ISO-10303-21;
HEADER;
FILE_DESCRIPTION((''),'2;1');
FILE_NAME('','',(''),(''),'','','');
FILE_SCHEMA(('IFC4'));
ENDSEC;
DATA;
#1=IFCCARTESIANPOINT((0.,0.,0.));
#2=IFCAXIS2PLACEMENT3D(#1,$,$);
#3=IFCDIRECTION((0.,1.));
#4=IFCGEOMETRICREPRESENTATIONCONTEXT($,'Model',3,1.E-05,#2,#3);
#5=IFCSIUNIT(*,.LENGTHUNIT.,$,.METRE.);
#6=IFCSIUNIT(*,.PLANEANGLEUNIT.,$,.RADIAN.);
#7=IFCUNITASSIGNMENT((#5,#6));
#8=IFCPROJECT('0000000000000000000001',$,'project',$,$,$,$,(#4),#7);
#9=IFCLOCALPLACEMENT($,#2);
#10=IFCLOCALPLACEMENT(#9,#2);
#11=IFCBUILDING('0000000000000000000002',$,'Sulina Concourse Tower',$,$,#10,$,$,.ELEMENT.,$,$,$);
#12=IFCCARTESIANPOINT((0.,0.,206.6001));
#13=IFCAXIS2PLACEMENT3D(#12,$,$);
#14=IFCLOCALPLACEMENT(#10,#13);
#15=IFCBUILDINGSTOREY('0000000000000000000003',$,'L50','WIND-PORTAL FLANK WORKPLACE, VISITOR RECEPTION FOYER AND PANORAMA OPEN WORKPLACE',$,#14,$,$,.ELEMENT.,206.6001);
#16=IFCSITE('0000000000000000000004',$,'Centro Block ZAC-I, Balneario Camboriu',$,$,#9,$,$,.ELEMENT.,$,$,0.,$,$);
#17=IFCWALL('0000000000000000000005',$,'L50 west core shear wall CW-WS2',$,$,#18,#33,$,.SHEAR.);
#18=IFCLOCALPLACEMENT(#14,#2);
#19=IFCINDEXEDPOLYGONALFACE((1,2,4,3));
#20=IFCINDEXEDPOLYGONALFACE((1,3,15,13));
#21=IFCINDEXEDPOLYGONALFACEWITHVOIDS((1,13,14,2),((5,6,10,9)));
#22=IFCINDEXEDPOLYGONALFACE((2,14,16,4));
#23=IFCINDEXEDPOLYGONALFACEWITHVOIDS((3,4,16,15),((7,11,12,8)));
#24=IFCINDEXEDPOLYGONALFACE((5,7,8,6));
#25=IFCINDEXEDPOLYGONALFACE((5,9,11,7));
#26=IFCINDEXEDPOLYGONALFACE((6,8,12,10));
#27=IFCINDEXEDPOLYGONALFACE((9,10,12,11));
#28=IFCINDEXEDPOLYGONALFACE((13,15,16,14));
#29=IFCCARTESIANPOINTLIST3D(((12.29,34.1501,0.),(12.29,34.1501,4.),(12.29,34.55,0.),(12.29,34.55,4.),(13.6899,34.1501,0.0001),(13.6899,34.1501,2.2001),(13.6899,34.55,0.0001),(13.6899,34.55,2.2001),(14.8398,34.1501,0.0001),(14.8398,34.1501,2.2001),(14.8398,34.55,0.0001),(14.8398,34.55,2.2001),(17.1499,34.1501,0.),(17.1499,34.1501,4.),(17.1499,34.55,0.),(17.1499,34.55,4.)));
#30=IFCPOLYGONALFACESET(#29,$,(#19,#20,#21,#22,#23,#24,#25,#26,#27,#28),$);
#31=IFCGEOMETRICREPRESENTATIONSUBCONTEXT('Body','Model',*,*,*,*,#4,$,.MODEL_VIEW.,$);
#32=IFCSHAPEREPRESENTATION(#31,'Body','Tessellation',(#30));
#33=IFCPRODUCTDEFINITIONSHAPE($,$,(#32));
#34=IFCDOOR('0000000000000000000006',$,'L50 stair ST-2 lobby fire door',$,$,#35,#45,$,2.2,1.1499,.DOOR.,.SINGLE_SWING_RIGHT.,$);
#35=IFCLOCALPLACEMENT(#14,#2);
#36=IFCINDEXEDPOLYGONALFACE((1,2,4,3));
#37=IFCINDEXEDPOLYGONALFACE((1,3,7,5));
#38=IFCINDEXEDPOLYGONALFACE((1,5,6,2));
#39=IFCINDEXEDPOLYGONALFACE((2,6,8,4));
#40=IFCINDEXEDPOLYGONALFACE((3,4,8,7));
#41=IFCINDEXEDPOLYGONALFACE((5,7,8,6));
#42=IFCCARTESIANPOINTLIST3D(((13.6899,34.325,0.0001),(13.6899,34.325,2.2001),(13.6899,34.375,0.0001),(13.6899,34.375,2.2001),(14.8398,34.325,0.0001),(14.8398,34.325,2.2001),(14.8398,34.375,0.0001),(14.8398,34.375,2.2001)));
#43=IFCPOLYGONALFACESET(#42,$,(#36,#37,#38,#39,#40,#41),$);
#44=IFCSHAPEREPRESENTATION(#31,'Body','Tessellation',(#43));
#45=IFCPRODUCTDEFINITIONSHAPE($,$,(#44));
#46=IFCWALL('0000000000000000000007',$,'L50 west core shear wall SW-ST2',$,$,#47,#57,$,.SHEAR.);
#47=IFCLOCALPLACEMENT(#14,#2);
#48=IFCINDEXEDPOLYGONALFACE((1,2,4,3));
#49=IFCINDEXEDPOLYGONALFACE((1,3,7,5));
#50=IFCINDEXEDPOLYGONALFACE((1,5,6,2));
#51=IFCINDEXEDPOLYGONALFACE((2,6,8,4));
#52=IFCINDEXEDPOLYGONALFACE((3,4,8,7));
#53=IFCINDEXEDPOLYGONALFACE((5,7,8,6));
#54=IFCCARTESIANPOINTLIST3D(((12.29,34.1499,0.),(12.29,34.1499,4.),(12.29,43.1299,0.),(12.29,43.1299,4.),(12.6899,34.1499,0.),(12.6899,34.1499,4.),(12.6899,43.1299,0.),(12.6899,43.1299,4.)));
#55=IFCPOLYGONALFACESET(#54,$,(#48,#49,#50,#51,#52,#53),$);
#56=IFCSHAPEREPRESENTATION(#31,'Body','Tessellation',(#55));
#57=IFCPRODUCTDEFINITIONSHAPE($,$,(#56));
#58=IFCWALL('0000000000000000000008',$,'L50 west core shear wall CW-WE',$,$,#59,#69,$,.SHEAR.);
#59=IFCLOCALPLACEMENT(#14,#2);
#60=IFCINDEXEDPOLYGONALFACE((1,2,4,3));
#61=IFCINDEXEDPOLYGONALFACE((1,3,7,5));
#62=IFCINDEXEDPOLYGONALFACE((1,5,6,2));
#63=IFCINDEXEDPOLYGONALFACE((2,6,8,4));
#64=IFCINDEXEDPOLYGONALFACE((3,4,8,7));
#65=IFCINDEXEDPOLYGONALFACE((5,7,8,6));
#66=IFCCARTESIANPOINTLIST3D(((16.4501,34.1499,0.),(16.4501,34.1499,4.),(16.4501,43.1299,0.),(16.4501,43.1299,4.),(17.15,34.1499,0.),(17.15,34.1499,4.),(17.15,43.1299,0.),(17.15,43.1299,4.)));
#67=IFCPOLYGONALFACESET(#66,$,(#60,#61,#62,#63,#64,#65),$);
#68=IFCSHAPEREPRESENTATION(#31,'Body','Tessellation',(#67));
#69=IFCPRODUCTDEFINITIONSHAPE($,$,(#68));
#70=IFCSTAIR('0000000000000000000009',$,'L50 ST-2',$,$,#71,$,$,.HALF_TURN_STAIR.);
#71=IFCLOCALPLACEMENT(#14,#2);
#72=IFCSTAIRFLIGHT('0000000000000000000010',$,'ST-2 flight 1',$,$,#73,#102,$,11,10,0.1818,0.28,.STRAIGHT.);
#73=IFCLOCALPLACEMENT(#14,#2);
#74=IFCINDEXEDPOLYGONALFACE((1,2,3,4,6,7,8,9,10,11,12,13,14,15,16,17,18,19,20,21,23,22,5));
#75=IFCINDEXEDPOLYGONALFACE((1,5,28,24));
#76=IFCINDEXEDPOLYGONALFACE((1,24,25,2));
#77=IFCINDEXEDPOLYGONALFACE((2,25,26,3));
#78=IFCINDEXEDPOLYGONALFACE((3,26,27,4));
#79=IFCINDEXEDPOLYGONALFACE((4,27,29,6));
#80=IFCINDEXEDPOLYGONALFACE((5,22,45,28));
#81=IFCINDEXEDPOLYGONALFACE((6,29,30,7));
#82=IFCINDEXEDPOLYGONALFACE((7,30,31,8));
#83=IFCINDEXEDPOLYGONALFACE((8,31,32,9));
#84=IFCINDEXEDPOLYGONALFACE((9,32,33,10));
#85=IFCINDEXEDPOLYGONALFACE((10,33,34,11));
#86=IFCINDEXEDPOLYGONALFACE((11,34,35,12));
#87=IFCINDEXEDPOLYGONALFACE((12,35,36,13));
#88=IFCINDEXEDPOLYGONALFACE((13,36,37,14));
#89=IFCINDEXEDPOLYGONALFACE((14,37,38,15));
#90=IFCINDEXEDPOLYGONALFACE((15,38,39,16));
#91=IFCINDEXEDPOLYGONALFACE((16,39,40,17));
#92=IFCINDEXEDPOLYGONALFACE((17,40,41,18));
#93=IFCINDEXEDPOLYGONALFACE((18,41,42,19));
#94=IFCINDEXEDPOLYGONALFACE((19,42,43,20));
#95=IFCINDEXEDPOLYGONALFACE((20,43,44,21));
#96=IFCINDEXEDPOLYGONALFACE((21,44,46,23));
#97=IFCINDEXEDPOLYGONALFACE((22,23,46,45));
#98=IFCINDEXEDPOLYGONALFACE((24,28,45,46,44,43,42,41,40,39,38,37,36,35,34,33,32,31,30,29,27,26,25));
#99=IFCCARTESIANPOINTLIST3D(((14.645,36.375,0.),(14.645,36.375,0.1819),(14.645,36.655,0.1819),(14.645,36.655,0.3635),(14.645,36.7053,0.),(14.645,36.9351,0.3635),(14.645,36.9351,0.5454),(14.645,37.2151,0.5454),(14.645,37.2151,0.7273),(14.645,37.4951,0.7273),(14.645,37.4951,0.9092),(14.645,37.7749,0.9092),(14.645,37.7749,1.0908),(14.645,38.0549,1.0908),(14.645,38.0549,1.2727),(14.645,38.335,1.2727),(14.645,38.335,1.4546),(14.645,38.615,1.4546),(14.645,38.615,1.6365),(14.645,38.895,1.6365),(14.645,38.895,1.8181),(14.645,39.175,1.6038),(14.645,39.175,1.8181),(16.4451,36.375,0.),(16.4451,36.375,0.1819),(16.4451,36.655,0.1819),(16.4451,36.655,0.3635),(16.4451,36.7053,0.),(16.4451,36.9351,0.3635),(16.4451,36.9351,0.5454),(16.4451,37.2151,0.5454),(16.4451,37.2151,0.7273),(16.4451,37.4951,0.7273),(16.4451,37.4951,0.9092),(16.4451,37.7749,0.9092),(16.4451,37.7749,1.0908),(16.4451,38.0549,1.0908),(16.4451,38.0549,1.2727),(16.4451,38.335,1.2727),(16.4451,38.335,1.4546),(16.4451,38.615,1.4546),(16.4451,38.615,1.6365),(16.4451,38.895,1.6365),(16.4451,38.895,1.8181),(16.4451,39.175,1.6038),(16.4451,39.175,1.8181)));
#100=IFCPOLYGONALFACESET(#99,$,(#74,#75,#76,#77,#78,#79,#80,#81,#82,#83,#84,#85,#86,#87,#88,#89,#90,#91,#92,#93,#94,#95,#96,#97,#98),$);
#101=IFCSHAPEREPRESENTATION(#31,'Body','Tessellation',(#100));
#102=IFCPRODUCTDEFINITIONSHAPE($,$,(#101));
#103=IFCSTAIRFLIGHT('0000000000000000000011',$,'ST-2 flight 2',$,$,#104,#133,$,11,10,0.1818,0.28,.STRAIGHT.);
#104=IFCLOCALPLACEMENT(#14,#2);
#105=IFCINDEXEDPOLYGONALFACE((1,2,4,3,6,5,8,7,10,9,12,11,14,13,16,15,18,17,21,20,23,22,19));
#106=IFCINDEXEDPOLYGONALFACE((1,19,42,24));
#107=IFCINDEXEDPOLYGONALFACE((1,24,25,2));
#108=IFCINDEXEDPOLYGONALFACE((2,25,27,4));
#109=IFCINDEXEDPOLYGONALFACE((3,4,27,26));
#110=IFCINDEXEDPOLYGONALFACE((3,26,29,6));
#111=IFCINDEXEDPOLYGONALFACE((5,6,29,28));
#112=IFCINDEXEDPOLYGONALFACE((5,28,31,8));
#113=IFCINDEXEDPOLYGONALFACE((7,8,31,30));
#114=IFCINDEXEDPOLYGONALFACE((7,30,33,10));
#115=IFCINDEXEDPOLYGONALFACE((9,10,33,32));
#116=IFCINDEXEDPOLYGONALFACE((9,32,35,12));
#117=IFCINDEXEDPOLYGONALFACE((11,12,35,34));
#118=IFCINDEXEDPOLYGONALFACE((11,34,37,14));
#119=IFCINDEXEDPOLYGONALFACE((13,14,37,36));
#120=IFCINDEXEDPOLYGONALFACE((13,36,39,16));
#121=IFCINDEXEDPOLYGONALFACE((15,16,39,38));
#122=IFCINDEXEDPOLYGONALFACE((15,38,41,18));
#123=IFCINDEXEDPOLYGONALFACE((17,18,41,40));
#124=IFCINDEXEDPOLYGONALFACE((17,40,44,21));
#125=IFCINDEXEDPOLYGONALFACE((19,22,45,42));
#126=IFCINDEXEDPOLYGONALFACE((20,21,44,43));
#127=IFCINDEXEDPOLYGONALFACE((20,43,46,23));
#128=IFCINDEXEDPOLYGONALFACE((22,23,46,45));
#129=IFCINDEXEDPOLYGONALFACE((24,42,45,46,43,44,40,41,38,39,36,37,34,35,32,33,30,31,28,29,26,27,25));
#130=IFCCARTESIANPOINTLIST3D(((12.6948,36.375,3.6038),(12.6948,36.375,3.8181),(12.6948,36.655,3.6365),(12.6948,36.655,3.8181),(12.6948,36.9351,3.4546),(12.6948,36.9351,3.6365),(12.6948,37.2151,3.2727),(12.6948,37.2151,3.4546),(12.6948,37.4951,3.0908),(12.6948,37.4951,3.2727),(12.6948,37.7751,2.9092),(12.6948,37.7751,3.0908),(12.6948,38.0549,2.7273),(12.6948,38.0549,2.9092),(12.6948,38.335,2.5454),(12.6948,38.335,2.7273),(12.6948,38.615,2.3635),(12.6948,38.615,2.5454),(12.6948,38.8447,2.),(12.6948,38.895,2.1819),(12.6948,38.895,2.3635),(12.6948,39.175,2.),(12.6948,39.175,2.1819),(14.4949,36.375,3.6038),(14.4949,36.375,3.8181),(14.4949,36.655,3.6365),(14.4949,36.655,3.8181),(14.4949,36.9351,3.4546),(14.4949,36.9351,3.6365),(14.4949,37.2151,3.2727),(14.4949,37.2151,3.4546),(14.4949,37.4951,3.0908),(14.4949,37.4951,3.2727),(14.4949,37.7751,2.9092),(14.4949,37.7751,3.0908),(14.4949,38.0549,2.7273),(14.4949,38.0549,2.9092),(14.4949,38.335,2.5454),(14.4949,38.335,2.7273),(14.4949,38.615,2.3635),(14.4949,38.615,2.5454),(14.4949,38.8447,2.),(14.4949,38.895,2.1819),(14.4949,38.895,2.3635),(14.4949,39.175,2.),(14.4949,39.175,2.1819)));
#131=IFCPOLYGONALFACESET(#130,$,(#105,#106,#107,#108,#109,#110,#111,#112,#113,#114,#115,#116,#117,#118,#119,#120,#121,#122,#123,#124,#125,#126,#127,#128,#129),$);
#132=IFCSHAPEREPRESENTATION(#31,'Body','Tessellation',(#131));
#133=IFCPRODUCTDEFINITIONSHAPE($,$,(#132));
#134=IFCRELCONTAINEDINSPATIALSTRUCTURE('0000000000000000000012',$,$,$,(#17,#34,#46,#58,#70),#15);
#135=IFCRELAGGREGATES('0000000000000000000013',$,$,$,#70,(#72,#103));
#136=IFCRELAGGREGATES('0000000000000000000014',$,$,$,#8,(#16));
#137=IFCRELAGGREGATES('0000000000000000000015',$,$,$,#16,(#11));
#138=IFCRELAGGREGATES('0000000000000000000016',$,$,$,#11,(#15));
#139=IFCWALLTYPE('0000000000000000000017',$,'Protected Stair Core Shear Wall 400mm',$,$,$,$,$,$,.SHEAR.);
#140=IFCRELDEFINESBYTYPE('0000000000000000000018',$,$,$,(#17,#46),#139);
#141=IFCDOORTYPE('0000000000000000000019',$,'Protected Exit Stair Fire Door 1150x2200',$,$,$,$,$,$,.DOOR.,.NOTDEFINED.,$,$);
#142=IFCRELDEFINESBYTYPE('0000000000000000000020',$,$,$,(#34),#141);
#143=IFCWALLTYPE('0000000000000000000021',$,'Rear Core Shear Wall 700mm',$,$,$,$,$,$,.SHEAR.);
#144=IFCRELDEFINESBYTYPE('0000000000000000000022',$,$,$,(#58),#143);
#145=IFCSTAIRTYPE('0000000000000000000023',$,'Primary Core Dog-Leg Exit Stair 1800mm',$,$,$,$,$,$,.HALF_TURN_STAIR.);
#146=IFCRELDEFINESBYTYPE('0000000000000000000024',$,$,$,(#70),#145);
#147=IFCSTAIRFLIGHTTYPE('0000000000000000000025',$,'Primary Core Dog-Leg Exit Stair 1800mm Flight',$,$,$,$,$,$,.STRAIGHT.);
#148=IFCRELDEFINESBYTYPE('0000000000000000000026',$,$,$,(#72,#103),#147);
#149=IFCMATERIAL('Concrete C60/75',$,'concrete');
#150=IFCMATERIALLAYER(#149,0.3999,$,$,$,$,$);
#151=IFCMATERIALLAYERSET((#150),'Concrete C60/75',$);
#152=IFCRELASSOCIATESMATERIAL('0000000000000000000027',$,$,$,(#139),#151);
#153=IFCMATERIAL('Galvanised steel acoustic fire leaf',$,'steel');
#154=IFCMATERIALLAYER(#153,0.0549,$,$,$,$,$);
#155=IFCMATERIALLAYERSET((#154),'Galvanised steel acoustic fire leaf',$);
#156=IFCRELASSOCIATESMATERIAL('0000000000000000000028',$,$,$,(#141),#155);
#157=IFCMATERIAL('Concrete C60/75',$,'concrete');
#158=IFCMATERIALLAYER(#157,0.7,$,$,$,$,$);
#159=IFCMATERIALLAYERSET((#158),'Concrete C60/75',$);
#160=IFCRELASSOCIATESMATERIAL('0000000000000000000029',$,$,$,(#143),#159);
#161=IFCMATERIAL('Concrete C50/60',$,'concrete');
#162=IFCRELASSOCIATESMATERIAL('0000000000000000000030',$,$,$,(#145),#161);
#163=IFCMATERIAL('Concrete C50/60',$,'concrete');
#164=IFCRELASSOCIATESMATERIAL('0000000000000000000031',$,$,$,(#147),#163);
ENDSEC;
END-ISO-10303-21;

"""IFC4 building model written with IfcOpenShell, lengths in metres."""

from ifc_helpers import new_model, si_unit, direction, frame, frame_2d, origin, place, context, subcontext, project, spatial, polyline, rectangle, outline, extrude, material, layer, layer_set, type_object, element, fill, aggregate, save


model = new_model("IFC4")

# Units and contexts
model_context = context("Model", 3, precision=1e-05, world=origin(), true_north=direction((0.0, 1.0)))
body_context = subcontext(model_context, "Body", "Model", "MODEL_VIEW")
ifc_project = project(units=[si_unit("LENGTHUNIT", "METRE"), si_unit("PLANEANGLEUNIT", "RADIAN")], contexts=[model_context])

# Site, building, storey
site_placement = place(None, origin())
site = spatial("IfcSite", under=ifc_project, at=site_placement, Name="Centro Block ZAC-I, Balneario Camboriu", CompositionType="ELEMENT", RefElevation=0.0)
building_placement = place(site_placement, origin())
building = spatial("IfcBuilding", under=site, at=building_placement, Name="Sulina Concourse Tower", CompositionType="ELEMENT")
storey_placement = place(building_placement, frame((0.0, 0.0, 206.6001)))
storey = spatial("IfcBuildingStorey", under=building, at=storey_placement, Name="L50", Description="WIND-PORTAL FLANK WORKPLACE, VISITOR RECEPTION FOYER AND PANORAMA OPEN WORKPLACE", CompositionType="ELEMENT", Elevation=206.6001)

# Wall, opening, door
ifc_material_1 = material(Name="Concrete C60/75", Category="concrete")
ifc_layer_1 = layer(ifc_material_1, 0.3999)
ifc_layer_set_1 = layer_set([ifc_layer_1], Name="Concrete C60/75")
wall_type_1 = type_object("IfcWallType", Name="Protected Stair Core Shear Wall 400mm", PredefinedType="SHEAR", material=ifc_layer_set_1)
wall_1_placement = place(storey_placement, frame((12.29, 34.3501, 0.0), z_axis=(0.0, 0.0, 1.0), x_axis=(1.0, 0.0, 0.0)))
wall_1 = element("IfcWall", 1, at=wall_1_placement, inside=storey, type_object=wall_type_1, Name="L50 west core shear wall CW-WS2", PredefinedType="SHEAR", context=body_context, shape_type="SweptSolid", body=[
    extrude(rectangle(XDim=4.8599, YDim=0.3999, at=frame_2d((2.4299, 0.0))), origin(), (0.0, 0.0, 1.0), 4.0),
])
opening_1_placement = place(wall_1_placement, frame((1.3999, 0.0, 0.0)))
opening_1 = element("IfcOpeningElement", 2, at=opening_1_placement, cuts=wall_1, PredefinedType="OPENING", context=body_context, shape_type="SweptSolid", body=[
    extrude(rectangle(XDim=1.1499, YDim=2.2, at=frame_2d((0.575, 1.1001))), frame((0.0, 0.21, 0.0), z_axis=(0.0, -1.0, 0.0), x_axis=(1.0, 0.0, 0.0)), (0.0, 0.0, 1.0), 0.4199),
])
ifc_material_2 = material(Name="Galvanised steel acoustic fire leaf", Category="steel")
ifc_layer_2 = layer(ifc_material_2, 0.0549)
ifc_layer_set_2 = layer_set([ifc_layer_2], Name="Galvanised steel acoustic fire leaf")
door_type_1 = type_object("IfcDoorType", Name="Protected Exit Stair Fire Door 1150x2200", OperationType="NOTDEFINED", PredefinedType="DOOR", material=ifc_layer_set_2)
door_1_placement = place(opening_1_placement, origin())
door_1 = element("IfcDoor", 3, at=door_1_placement, inside=storey, type_object=door_type_1, Name="L50 stair ST-2 lobby fire door", OperationType="SINGLE_SWING_RIGHT", OverallHeight=2.2, OverallWidth=1.1499, PredefinedType="DOOR", context=body_context, shape_type="SweptSolid", body=[
    extrude(rectangle(XDim=1.1499, YDim=2.2, at=frame_2d((0.575, 1.1001))), frame((0.0, 0.0249, 0.0), z_axis=(0.0, -1.0, 0.0), x_axis=(1.0, 0.0, 0.0)), (0.0, 0.0, 1.0), 0.05),
])
fill(opening_1, door_1)

# Walls
wall_2_placement = place(storey_placement, frame((12.49, 34.1499, 0.0), z_axis=(0.0, 0.0, 1.0), x_axis=(0.0, 1.0, 0.0)))
element("IfcWall", 4, at=wall_2_placement, inside=storey, type_object=wall_type_1, Name="L50 west core shear wall SW-ST2", PredefinedType="SHEAR", context=body_context, shape_type="SweptSolid", body=[
    extrude(rectangle(XDim=8.98, YDim=0.3999, at=frame_2d((4.49, 0.0))), origin(), (0.0, 0.0, 1.0), 4.0),
])
ifc_material_3 = material(Name="Concrete C60/75", Category="concrete")
ifc_layer_3 = layer(ifc_material_3, 0.7)
ifc_layer_set_3 = layer_set([ifc_layer_3], Name="Concrete C60/75")
wall_type_2 = type_object("IfcWallType", Name="Rear Core Shear Wall 700mm", PredefinedType="SHEAR", material=ifc_layer_set_3)
wall_3_placement = place(storey_placement, frame((16.8, 34.1499, 0.0), z_axis=(0.0, 0.0, 1.0), x_axis=(0.0, 1.0, 0.0)))
element("IfcWall", 5, at=wall_3_placement, inside=storey, type_object=wall_type_2, Name="L50 west core shear wall CW-WE", PredefinedType="SHEAR", context=body_context, shape_type="SweptSolid", body=[
    extrude(rectangle(XDim=8.98, YDim=0.7, at=frame_2d((4.49, 0.0))), origin(), (0.0, 0.0, 1.0), 4.0),
])

# Stair, stair flights
ifc_material_4 = material(Name="Concrete C50/60", Category="concrete")
stair_type = type_object("IfcStairType", Name="Primary Core Dog-Leg Exit Stair 1800mm", PredefinedType="HALF_TURN_STAIR", material=ifc_material_4)
stair_placement = place(storey_placement, origin())
stair = element("IfcStair", 6, at=stair_placement, inside=storey, type_object=stair_type, Name="L50 ST-2", PredefinedType="HALF_TURN_STAIR")
ifc_material_5 = material(Name="Concrete C50/60", Category="concrete")
stair_flight_type = type_object("IfcStairFlightType", Name="Primary Core Dog-Leg Exit Stair 1800mm Flight", PredefinedType="STRAIGHT", material=ifc_material_5)
stair_flight_1_placement = place(storey_placement, frame((15.5449, 36.375, 0.0), z_axis=(0.0, 0.0, 1.0), x_axis=(0.0, 1.0, 0.0)))
stair_flight_1 = element("IfcStairFlight", 7, at=stair_flight_1_placement, type_object=stair_flight_type, Name="ST-2 flight 1", NumberOfRisers=11, NumberOfTreads=10, PredefinedType="STRAIGHT", RiserHeight=0.1818, TreadLength=0.28, context=body_context, shape_type="SweptSolid", body=[
    extrude(outline(polyline([(0.0, 0.0), (0.0, 0.1819), (0.28, 0.1819), (0.28, 0.3635), (0.5601, 0.3635), (0.5601, 0.5454), (0.8401, 0.5454), (0.8401, 0.7273), (1.1201, 0.7273), (1.1201, 0.9092), (1.3999, 0.9092), (1.3999, 1.0908), (1.6799, 1.0908), (1.6799, 1.2727), (1.96, 1.2727), (1.96, 1.4546), (2.24, 1.4546), (2.24, 1.6365), (2.52, 1.6365), (2.52, 1.8181), (2.8, 1.8181), (2.8, 2.0), (2.8, 1.6038), (0.3303, 0.0), (0.0, 0.0)])), frame((0.0, 0.8999, 0.0), z_axis=(0.0, -1.0, 0.0), x_axis=(1.0, 0.0, 0.0)), (0.0, 0.0, 1.0), 1.8),
])
stair_flight_2_placement = place(storey_placement, frame((13.595, 39.175, 2.0), z_axis=(0.0, 0.0, 1.0), x_axis=(0.0, -1.0, 0.0)))
stair_flight_2 = element("IfcStairFlight", 8, at=stair_flight_2_placement, type_object=stair_flight_type, Name="ST-2 flight 2", NumberOfRisers=11, NumberOfTreads=10, PredefinedType="STRAIGHT", RiserHeight=0.1818, TreadLength=0.28, context=body_context, shape_type="SweptSolid", body=[
    extrude(outline(polyline([(0.0, 0.0), (0.0, 0.1819), (0.28, 0.1819), (0.28, 0.3635), (0.5601, 0.3635), (0.5601, 0.5454), (0.8401, 0.5454), (0.8401, 0.7273), (1.1201, 0.7273), (1.1201, 0.9092), (1.3999, 0.9092), (1.3999, 1.0908), (1.6799, 1.0908), (1.6799, 1.2727), (1.96, 1.2727), (1.96, 1.4546), (2.24, 1.4546), (2.24, 1.6365), (2.52, 1.6365), (2.52, 1.8181), (2.8, 1.8181), (2.8, 2.0), (2.8, 1.6038), (0.3303, 0.0), (0.0, 0.0)])), frame((0.0, 0.8999, 0.0), z_axis=(0.0, -1.0, 0.0), x_axis=(1.0, 0.0, 0.0)), (0.0, 0.0, 1.0), 1.8),
])
aggregate(stair, [stair_flight_1, stair_flight_2])

save(model, "model.ifc")
